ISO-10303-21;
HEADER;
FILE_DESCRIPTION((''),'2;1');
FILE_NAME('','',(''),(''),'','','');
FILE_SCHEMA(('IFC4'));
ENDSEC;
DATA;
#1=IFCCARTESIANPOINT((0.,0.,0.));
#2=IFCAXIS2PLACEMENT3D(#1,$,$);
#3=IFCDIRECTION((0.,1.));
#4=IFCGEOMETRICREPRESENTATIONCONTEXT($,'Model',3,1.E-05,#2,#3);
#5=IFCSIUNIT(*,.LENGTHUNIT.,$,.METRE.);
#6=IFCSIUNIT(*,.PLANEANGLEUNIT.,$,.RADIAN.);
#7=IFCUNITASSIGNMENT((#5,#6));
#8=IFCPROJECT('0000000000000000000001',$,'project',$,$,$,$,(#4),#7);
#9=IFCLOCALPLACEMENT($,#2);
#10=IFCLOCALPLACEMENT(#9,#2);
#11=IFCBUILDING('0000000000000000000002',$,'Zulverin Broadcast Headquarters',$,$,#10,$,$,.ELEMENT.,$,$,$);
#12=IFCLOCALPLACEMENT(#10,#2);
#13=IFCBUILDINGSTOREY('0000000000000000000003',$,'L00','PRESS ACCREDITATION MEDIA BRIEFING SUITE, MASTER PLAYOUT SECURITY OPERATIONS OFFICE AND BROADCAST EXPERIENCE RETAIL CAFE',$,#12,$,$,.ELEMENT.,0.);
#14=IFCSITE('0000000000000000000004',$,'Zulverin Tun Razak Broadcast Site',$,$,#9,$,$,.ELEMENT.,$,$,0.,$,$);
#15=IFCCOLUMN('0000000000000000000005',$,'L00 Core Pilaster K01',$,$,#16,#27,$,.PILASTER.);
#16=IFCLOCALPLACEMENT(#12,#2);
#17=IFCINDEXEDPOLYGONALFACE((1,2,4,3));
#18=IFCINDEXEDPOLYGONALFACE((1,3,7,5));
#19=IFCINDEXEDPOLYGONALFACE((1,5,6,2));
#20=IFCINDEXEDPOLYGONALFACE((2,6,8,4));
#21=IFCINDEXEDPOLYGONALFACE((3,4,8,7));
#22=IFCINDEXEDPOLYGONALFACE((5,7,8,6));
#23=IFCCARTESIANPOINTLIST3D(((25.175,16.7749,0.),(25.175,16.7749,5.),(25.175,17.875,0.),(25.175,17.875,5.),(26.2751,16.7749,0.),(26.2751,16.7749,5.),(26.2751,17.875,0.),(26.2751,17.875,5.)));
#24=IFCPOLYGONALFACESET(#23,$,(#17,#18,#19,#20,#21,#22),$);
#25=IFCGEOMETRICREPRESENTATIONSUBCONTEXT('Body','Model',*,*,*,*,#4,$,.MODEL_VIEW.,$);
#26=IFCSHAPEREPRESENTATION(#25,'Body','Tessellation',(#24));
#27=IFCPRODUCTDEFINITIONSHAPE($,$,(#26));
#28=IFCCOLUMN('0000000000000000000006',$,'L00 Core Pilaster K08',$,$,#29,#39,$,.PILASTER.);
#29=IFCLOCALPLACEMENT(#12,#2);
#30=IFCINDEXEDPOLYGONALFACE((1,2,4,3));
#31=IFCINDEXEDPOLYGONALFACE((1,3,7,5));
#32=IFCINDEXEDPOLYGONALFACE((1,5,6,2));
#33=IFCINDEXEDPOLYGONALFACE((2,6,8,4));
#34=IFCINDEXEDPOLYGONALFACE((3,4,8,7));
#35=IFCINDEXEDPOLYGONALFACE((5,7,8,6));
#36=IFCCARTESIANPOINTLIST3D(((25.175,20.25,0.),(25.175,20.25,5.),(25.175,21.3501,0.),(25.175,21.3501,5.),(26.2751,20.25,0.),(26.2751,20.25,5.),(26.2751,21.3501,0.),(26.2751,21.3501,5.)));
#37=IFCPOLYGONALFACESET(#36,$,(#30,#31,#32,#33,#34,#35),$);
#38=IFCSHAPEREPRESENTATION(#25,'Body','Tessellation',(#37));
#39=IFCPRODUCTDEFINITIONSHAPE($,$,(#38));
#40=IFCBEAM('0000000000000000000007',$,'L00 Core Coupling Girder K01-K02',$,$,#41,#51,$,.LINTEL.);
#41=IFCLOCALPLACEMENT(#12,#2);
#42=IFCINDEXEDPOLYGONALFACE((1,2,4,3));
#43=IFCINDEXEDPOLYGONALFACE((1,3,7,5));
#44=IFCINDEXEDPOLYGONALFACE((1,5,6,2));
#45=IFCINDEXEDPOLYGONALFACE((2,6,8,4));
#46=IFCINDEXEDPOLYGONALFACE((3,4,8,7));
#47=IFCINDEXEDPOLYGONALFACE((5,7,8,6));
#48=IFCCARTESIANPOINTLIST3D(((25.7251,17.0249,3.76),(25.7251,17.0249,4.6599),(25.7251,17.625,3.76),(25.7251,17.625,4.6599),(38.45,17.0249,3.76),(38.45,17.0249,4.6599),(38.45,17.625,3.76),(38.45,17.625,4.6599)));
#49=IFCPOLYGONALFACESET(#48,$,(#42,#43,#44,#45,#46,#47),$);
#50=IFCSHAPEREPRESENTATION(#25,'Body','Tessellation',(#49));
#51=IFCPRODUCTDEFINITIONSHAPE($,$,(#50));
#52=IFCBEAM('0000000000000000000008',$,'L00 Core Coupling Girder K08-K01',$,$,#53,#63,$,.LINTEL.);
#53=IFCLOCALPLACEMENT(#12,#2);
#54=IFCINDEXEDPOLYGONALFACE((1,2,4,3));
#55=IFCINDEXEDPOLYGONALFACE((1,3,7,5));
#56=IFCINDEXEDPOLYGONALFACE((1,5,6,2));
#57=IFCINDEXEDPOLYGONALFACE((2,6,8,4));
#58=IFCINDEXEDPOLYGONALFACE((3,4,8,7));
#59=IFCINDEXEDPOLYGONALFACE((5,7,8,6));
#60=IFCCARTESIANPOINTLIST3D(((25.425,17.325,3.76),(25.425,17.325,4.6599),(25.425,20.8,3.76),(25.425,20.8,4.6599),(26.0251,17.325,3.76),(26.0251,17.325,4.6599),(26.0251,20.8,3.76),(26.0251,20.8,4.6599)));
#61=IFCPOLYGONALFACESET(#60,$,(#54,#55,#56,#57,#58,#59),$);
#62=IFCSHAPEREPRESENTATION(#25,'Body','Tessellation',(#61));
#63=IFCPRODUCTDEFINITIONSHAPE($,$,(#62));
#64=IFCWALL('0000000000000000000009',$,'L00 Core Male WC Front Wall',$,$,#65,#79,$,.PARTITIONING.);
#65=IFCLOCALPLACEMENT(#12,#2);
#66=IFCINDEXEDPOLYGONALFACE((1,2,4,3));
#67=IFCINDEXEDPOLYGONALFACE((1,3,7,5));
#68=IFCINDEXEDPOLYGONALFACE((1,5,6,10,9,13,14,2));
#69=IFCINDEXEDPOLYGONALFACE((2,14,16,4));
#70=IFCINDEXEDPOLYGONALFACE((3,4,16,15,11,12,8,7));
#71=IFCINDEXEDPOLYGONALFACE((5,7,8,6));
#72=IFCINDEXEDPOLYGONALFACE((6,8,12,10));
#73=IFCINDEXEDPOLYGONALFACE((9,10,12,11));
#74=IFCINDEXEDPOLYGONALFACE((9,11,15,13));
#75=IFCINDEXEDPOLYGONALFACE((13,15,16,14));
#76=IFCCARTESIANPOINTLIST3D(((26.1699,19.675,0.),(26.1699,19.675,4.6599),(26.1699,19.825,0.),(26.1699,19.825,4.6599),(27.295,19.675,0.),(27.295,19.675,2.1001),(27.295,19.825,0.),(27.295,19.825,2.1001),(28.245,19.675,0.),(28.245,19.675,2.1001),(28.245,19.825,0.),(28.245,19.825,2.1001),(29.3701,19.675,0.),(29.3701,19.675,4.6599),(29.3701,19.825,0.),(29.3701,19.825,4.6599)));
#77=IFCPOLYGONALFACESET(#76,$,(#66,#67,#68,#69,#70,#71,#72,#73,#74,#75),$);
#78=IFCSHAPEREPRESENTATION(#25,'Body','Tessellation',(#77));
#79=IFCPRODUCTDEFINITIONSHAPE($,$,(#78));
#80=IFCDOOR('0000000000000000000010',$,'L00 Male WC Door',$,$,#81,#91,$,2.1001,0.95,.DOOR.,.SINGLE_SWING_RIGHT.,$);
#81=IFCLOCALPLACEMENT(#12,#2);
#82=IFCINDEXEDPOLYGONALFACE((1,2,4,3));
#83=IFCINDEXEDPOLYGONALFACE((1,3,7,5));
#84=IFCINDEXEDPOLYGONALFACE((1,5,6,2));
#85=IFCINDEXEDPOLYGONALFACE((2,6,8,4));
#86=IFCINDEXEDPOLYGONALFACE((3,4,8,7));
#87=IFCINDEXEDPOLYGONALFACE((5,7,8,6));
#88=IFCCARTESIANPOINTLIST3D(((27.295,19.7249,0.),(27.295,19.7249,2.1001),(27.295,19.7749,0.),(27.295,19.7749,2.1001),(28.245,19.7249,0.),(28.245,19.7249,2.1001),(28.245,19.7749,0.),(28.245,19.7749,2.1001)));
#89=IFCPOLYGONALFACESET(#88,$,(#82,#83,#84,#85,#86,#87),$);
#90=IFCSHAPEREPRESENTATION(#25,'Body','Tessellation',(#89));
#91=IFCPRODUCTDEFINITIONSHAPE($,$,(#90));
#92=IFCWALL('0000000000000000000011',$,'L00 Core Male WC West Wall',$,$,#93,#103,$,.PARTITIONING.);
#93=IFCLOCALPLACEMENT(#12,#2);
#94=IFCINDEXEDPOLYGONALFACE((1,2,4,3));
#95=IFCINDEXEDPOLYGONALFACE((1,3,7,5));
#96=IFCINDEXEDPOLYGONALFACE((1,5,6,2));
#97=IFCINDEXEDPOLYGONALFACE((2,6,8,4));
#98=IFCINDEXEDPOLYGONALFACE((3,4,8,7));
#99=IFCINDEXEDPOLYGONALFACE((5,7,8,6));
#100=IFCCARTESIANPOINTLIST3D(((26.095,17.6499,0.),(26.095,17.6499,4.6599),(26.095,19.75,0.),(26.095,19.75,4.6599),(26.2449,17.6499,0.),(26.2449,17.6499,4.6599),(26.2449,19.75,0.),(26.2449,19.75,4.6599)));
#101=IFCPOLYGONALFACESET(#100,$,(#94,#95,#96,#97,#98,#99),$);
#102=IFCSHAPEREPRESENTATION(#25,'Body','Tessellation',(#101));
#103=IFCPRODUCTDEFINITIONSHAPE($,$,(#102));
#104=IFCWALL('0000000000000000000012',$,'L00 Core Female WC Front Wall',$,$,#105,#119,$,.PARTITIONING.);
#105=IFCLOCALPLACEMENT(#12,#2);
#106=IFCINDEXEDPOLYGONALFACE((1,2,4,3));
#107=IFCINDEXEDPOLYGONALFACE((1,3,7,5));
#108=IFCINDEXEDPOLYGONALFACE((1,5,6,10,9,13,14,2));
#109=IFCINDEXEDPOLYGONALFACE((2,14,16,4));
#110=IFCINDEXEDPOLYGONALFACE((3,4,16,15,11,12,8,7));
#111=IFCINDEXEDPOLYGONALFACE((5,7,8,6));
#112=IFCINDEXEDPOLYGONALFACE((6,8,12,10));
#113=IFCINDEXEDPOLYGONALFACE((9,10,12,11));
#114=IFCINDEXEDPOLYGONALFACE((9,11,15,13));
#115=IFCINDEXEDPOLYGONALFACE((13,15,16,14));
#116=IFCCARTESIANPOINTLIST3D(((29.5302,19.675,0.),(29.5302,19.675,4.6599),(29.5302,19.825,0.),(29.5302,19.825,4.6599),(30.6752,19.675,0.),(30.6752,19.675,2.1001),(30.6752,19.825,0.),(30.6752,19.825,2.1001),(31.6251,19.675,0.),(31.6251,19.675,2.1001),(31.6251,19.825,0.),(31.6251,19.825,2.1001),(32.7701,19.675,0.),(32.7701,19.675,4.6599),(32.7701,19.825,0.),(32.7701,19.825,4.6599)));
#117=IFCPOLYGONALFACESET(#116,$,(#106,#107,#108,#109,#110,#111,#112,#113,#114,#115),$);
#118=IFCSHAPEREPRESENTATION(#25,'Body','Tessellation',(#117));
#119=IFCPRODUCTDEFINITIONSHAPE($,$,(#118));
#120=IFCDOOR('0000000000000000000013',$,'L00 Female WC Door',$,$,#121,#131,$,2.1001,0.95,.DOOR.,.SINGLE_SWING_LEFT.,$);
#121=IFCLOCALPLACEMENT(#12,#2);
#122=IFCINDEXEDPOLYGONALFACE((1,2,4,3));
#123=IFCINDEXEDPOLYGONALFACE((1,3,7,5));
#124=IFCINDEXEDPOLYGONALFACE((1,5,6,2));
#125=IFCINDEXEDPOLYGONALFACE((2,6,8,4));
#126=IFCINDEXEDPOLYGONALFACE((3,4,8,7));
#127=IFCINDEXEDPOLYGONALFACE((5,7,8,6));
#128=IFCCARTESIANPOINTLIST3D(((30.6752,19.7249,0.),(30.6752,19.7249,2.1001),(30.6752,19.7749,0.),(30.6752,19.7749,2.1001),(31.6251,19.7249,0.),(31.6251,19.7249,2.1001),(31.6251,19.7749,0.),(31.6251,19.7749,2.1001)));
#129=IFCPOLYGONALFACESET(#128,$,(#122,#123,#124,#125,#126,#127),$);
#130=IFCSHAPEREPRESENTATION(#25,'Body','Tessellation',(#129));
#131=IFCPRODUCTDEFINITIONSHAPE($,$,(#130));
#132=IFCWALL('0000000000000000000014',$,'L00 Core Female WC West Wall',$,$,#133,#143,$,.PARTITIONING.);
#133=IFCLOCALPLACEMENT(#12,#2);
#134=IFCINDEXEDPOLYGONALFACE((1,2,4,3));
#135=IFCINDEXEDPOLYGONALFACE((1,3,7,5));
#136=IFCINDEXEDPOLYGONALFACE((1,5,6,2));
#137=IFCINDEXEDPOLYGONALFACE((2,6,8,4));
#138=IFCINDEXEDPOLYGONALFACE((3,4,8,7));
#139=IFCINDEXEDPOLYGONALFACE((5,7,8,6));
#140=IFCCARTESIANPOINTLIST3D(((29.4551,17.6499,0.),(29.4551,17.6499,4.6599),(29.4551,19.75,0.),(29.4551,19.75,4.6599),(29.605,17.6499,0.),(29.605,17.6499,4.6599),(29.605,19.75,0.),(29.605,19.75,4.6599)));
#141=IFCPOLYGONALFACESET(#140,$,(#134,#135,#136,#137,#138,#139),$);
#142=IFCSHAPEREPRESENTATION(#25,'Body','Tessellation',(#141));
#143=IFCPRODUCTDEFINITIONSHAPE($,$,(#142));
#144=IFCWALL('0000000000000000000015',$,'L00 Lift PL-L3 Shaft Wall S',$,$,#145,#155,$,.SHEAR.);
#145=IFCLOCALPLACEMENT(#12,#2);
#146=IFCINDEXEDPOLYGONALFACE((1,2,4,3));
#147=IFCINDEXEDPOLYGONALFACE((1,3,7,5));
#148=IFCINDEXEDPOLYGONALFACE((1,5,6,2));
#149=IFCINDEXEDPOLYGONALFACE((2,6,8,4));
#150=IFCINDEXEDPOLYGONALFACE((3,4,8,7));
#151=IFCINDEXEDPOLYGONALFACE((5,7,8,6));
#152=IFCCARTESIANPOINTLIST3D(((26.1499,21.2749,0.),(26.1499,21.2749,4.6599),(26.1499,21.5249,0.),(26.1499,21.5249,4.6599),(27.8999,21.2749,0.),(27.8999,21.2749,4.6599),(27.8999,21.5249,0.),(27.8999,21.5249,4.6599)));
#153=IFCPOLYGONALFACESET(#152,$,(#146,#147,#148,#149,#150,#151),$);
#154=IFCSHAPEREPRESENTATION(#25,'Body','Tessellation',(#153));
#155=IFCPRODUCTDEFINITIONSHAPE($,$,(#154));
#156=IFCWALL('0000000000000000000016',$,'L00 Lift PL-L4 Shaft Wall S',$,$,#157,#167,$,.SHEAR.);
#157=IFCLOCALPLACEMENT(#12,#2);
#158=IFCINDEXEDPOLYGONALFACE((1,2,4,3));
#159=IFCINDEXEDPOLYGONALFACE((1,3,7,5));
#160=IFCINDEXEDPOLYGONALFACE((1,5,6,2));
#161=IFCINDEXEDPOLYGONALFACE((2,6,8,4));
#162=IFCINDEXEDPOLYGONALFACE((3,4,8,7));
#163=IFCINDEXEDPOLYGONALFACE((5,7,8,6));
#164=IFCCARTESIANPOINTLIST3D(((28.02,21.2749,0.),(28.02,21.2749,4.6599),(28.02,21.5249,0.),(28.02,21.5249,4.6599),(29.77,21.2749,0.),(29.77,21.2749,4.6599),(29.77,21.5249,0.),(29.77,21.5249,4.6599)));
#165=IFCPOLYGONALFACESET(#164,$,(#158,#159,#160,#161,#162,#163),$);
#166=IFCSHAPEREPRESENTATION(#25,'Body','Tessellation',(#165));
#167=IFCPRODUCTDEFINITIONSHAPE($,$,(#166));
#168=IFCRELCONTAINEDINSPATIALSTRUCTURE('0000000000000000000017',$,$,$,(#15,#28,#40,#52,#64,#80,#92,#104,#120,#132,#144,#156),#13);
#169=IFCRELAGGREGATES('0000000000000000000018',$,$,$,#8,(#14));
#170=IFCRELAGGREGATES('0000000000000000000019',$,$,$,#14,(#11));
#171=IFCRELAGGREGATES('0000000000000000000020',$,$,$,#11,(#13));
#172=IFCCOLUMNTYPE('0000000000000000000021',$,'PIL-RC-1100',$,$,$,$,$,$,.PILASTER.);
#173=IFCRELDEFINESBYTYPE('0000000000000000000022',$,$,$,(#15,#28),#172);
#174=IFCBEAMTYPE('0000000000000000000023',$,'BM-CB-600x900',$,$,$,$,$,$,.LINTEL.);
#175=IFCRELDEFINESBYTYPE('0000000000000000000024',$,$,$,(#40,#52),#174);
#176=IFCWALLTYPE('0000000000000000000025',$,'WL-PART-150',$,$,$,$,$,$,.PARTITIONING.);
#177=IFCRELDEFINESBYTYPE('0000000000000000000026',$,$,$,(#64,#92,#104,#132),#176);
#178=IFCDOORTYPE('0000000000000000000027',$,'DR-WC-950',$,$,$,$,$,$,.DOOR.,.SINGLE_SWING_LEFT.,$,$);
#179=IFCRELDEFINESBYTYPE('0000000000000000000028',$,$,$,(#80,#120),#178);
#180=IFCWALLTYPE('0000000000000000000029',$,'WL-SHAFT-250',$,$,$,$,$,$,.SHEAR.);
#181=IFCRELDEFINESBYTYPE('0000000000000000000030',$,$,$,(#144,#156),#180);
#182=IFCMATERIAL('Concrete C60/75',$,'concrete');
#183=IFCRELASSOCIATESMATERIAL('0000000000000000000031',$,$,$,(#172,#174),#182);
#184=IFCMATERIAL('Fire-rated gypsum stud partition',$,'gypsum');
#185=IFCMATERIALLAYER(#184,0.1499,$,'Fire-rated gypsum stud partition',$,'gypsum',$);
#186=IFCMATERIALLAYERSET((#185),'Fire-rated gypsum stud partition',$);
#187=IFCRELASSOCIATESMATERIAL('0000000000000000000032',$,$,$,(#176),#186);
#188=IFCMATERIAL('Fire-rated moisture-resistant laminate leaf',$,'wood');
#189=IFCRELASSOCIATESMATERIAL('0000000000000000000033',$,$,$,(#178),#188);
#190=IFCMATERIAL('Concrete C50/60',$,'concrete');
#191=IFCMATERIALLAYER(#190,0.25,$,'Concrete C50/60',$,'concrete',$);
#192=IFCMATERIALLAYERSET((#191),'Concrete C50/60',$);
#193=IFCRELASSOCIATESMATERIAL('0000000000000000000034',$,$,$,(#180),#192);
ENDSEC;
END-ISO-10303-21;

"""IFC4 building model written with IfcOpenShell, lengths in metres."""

from ifc_helpers import new_model, si_unit, direction, frame, frame_2d, origin, origin_2d, place, context, subcontext, project, spatial, rectangle, extrude, material, layer, layer_set, material_profile, profile_set, type_object, element, fill, save


model = new_model("IFC4")

# Units and contexts
model_context = context("Model", 3, precision=1e-05, world=origin(), true_north=direction((0.0, 1.0)))
body_context = subcontext(model_context, "Body", "Model", "MODEL_VIEW")
ifc_project = project(units=[si_unit("LENGTHUNIT", "METRE"), si_unit("PLANEANGLEUNIT", "RADIAN")], contexts=[model_context])

# Site, building, storey
site_placement = place(None, origin())
site = spatial("IfcSite", under=ifc_project, at=site_placement, Name="Zulverin Tun Razak Broadcast Site", CompositionType="ELEMENT", RefElevation=0.0)
building_placement = place(site_placement, origin())
building = spatial("IfcBuilding", under=site, at=building_placement, Name="Zulverin Broadcast Headquarters", CompositionType="ELEMENT")
storey_placement = place(building_placement, origin())
storey = spatial("IfcBuildingStorey", under=building, at=storey_placement, Name="L00", Description="PRESS ACCREDITATION MEDIA BRIEFING SUITE, MASTER PLAYOUT SECURITY OPERATIONS OFFICE AND BROADCAST EXPERIENCE RETAIL CAFE", CompositionType="ELEMENT", Elevation=0.0)

# Columns
ifc_material_1 = material(Name="Concrete C60/75", Category="concrete")
ifc_material_profile_1 = material_profile(ifc_material_1, rectangle(XDim=1.1001, YDim=1.1001, at=origin_2d()), Name="Concrete C60/75", Category="concrete")
ifc_profile_set_1 = profile_set([ifc_material_profile_1], Name="Concrete C60/75")
column_type = type_object("IfcColumnType", Name="PIL-RC-1100", PredefinedType="PILASTER", material=ifc_profile_set_1)
for number, where, z_axis, x_axis, name in (
    (1, (25.7251, 17.325, 0.0), (0.0, 0.0, 1.0), (1.0, 0.0, 0.0), "L00 Core Pilaster K01"),
    (2, (25.7251, 20.8, 0.0), (0.0, 0.0, 1.0), (1.0, 0.0, 0.0), "L00 Core Pilaster K08"),
):
    element("IfcColumn", number, at=place(storey_placement, frame(where, z_axis=z_axis, x_axis=x_axis)), inside=storey, type_object=column_type, Name=name, PredefinedType="PILASTER", context=body_context, shape_type="SweptSolid", body=[
        extrude(rectangle(XDim=1.1001, YDim=1.1001, at=origin_2d()), origin(), (0.0, 0.0, 1.0), 5.0),
    ])

# Beams
ifc_material_profile_2 = material_profile(ifc_material_1, rectangle(XDim=0.6001, YDim=0.8999, at=origin_2d()), Name="Concrete C60/75", Category="concrete")
ifc_profile_set_2 = profile_set([ifc_material_profile_2], Name="Concrete C60/75")
beam_type = type_object("IfcBeamType", Name="BM-CB-600x900", PredefinedType="LINTEL", material=ifc_profile_set_2)
beam_1_placement = place(storey_placement, frame((25.7251, 17.325, 4.21), z_axis=(1.0, 0.0, 0.0), x_axis=(0.0, 1.0, 0.0)))
element("IfcBeam", 3, at=beam_1_placement, inside=storey, type_object=beam_type, Name="L00 Core Coupling Girder K01-K02", PredefinedType="LINTEL", context=body_context, shape_type="SweptSolid", body=[
    extrude(rectangle(XDim=0.6001, YDim=0.8999, at=origin_2d()), origin(), (0.0, 0.0, 1.0), 12.7249),
])
beam_2_placement = place(storey_placement, frame((25.7251, 20.8, 4.21), z_axis=(0.0, -1.0, 0.0), x_axis=(1.0, 0.0, 0.0)))
element("IfcBeam", 4, at=beam_2_placement, inside=storey, type_object=beam_type, Name="L00 Core Coupling Girder K08-K01", PredefinedType="LINTEL", context=body_context, shape_type="SweptSolid", body=[
    extrude(rectangle(XDim=0.6001, YDim=0.8999, at=origin_2d()), origin(), (0.0, 0.0, 1.0), 3.4751),
])

# Wall, opening, door
ifc_material_2 = material(Name="Fire-rated gypsum stud partition", Category="gypsum")
ifc_layer_1 = layer(ifc_material_2, 0.1499, Name="Fire-rated gypsum stud partition", Category="gypsum")
ifc_layer_set_1 = layer_set([ifc_layer_1], Name="Fire-rated gypsum stud partition")
wall_type_1 = type_object("IfcWallType", Name="WL-PART-150", PredefinedType="PARTITIONING", material=ifc_layer_set_1)
wall_1_placement = place(storey_placement, frame((26.1699, 19.75, 0.0), z_axis=(0.0, 0.0, 1.0), x_axis=(1.0, 0.0, 0.0)))
wall_1 = element("IfcWall", 5, at=wall_1_placement, inside=storey, type_object=wall_type_1, Name="L00 Core Male WC Front Wall", PredefinedType="PARTITIONING", context=body_context, shape_type="SweptSolid", body=[
    extrude(rectangle(XDim=3.2002, YDim=0.1499, at=frame_2d((1.6001, 0.0))), origin(), (0.0, 0.0, 1.0), 4.6599),
])
opening_1_placement = place(wall_1_placement, frame((1.125, 0.0, 0.0)))
opening_1 = element("IfcOpeningElement", 6, at=opening_1_placement, cuts=wall_1, PredefinedType="OPENING", context=body_context, shape_type="SweptSolid", body=[
    extrude(rectangle(XDim=0.95, YDim=2.1001, at=frame_2d((0.4751, 1.05))), frame((0.0, 0.085, 0.0), z_axis=(0.0, -1.0, 0.0), x_axis=(1.0, 0.0, 0.0)), (0.0, 0.0, 1.0), 0.1699),
])
ifc_material_3 = material(Name="Fire-rated moisture-resistant laminate leaf", Category="wood")
door_type_1 = type_object("IfcDoorType", Name="DR-WC-950", OperationType="SINGLE_SWING_LEFT", PredefinedType="DOOR", material=ifc_material_3)
door_1_placement = place(opening_1_placement, origin())
door_1 = element("IfcDoor", 7, at=door_1_placement, inside=storey, type_object=door_type_1, Name="L00 Male WC Door", OperationType="SINGLE_SWING_RIGHT", OverallHeight=2.1001, OverallWidth=0.95, PredefinedType="DOOR", context=body_context, shape_type="SweptSolid", body=[
    extrude(rectangle(XDim=0.95, YDim=2.1001, at=frame_2d((0.4751, 1.05))), frame((0.0, 0.0249, 0.0), z_axis=(0.0, -1.0, 0.0), x_axis=(1.0, 0.0, 0.0)), (0.0, 0.0, 1.0), 0.05),
])
fill(opening_1, door_1)

# Wall
wall_2_placement = place(storey_placement, frame((26.1699, 17.6499, 0.0), z_axis=(0.0, 0.0, 1.0), x_axis=(0.0, 1.0, 0.0)))
element("IfcWall", 8, at=wall_2_placement, inside=storey, type_object=wall_type_1, Name="L00 Core Male WC West Wall", PredefinedType="PARTITIONING", context=body_context, shape_type="SweptSolid", body=[
    extrude(rectangle(XDim=2.1001, YDim=0.1499, at=frame_2d((1.05, 0.0))), origin(), (0.0, 0.0, 1.0), 4.6599),
])

# Wall, opening, door
wall_3_placement = place(storey_placement, frame((29.53, 19.75, 0.0), z_axis=(0.0, 0.0, 1.0), x_axis=(1.0, 0.0, 0.0)))
wall_3 = element("IfcWall", 9, at=wall_3_placement, inside=storey, type_object=wall_type_1, Name="L00 Core Female WC Front Wall", PredefinedType="PARTITIONING", context=body_context, shape_type="SweptSolid", body=[
    extrude(rectangle(XDim=3.24, YDim=0.1499, at=frame_2d((1.6201, 0.0))), origin(), (0.0, 0.0, 1.0), 4.6599),
])
opening_2_placement = place(wall_3_placement, frame((1.145, 0.0, 0.0)))
opening_2 = element("IfcOpeningElement", 10, at=opening_2_placement, cuts=wall_3, PredefinedType="OPENING", context=body_context, shape_type="SweptSolid", body=[
    extrude(rectangle(XDim=0.95, YDim=2.1001, at=frame_2d((0.4751, 1.05))), frame((0.0, 0.085, 0.0), z_axis=(0.0, -1.0, 0.0), x_axis=(1.0, 0.0, 0.0)), (0.0, 0.0, 1.0), 0.1699),
])
door_2_placement = place(opening_2_placement, origin())
door_2 = element("IfcDoor", 11, at=door_2_placement, inside=storey, type_object=door_type_1, Name="L00 Female WC Door", OperationType="SINGLE_SWING_LEFT", OverallHeight=2.1001, OverallWidth=0.95, PredefinedType="DOOR", context=body_context, shape_type="SweptSolid", body=[
    extrude(rectangle(XDim=0.95, YDim=2.1001, at=frame_2d((0.4751, 1.05))), frame((0.0, 0.0249, 0.0), z_axis=(0.0, -1.0, 0.0), x_axis=(1.0, 0.0, 0.0)), (0.0, 0.0, 1.0), 0.05),
])
fill(opening_2, door_2)

# Walls
wall_4_placement = place(storey_placement, frame((29.53, 17.6499, 0.0), z_axis=(0.0, 0.0, 1.0), x_axis=(0.0, 1.0, 0.0)))
element("IfcWall", 12, at=wall_4_placement, inside=storey, type_object=wall_type_1, Name="L00 Core Female WC West Wall", PredefinedType="PARTITIONING", context=body_context, shape_type="SweptSolid", body=[
    extrude(rectangle(XDim=2.1001, YDim=0.1499, at=frame_2d((1.05, 0.0))), origin(), (0.0, 0.0, 1.0), 4.6599),
])
ifc_material_4 = material(Name="Concrete C50/60", Category="concrete")
ifc_layer_2 = layer(ifc_material_4, 0.25, Name="Concrete C50/60", Category="concrete")
ifc_layer_set_2 = layer_set([ifc_layer_2], Name="Concrete C50/60")
wall_type_2 = type_object("IfcWallType", Name="WL-SHAFT-250", PredefinedType="SHEAR", material=ifc_layer_set_2)
for number, where, z_axis, x_axis, name in (
    (13, (26.1499, 21.3999, 0.0), (0.0, 0.0, 1.0), (1.0, 0.0, 0.0), "L00 Lift PL-L3 Shaft Wall S"),
    (14, (28.02, 21.3999, 0.0), (0.0, 0.0, 1.0), (1.0, 0.0, 0.0), "L00 Lift PL-L4 Shaft Wall S"),
):
    element("IfcWall", number, at=place(storey_placement, frame(where, z_axis=z_axis, x_axis=x_axis)), inside=storey, type_object=wall_type_2, Name=name, PredefinedType="SHEAR", context=body_context, shape_type="SweptSolid", body=[
        extrude(rectangle(XDim=1.75, YDim=0.25, at=frame_2d((0.875, 0.0))), origin(), (0.0, 0.0, 1.0), 4.6599),
    ])

save(model, "model.ifc")
